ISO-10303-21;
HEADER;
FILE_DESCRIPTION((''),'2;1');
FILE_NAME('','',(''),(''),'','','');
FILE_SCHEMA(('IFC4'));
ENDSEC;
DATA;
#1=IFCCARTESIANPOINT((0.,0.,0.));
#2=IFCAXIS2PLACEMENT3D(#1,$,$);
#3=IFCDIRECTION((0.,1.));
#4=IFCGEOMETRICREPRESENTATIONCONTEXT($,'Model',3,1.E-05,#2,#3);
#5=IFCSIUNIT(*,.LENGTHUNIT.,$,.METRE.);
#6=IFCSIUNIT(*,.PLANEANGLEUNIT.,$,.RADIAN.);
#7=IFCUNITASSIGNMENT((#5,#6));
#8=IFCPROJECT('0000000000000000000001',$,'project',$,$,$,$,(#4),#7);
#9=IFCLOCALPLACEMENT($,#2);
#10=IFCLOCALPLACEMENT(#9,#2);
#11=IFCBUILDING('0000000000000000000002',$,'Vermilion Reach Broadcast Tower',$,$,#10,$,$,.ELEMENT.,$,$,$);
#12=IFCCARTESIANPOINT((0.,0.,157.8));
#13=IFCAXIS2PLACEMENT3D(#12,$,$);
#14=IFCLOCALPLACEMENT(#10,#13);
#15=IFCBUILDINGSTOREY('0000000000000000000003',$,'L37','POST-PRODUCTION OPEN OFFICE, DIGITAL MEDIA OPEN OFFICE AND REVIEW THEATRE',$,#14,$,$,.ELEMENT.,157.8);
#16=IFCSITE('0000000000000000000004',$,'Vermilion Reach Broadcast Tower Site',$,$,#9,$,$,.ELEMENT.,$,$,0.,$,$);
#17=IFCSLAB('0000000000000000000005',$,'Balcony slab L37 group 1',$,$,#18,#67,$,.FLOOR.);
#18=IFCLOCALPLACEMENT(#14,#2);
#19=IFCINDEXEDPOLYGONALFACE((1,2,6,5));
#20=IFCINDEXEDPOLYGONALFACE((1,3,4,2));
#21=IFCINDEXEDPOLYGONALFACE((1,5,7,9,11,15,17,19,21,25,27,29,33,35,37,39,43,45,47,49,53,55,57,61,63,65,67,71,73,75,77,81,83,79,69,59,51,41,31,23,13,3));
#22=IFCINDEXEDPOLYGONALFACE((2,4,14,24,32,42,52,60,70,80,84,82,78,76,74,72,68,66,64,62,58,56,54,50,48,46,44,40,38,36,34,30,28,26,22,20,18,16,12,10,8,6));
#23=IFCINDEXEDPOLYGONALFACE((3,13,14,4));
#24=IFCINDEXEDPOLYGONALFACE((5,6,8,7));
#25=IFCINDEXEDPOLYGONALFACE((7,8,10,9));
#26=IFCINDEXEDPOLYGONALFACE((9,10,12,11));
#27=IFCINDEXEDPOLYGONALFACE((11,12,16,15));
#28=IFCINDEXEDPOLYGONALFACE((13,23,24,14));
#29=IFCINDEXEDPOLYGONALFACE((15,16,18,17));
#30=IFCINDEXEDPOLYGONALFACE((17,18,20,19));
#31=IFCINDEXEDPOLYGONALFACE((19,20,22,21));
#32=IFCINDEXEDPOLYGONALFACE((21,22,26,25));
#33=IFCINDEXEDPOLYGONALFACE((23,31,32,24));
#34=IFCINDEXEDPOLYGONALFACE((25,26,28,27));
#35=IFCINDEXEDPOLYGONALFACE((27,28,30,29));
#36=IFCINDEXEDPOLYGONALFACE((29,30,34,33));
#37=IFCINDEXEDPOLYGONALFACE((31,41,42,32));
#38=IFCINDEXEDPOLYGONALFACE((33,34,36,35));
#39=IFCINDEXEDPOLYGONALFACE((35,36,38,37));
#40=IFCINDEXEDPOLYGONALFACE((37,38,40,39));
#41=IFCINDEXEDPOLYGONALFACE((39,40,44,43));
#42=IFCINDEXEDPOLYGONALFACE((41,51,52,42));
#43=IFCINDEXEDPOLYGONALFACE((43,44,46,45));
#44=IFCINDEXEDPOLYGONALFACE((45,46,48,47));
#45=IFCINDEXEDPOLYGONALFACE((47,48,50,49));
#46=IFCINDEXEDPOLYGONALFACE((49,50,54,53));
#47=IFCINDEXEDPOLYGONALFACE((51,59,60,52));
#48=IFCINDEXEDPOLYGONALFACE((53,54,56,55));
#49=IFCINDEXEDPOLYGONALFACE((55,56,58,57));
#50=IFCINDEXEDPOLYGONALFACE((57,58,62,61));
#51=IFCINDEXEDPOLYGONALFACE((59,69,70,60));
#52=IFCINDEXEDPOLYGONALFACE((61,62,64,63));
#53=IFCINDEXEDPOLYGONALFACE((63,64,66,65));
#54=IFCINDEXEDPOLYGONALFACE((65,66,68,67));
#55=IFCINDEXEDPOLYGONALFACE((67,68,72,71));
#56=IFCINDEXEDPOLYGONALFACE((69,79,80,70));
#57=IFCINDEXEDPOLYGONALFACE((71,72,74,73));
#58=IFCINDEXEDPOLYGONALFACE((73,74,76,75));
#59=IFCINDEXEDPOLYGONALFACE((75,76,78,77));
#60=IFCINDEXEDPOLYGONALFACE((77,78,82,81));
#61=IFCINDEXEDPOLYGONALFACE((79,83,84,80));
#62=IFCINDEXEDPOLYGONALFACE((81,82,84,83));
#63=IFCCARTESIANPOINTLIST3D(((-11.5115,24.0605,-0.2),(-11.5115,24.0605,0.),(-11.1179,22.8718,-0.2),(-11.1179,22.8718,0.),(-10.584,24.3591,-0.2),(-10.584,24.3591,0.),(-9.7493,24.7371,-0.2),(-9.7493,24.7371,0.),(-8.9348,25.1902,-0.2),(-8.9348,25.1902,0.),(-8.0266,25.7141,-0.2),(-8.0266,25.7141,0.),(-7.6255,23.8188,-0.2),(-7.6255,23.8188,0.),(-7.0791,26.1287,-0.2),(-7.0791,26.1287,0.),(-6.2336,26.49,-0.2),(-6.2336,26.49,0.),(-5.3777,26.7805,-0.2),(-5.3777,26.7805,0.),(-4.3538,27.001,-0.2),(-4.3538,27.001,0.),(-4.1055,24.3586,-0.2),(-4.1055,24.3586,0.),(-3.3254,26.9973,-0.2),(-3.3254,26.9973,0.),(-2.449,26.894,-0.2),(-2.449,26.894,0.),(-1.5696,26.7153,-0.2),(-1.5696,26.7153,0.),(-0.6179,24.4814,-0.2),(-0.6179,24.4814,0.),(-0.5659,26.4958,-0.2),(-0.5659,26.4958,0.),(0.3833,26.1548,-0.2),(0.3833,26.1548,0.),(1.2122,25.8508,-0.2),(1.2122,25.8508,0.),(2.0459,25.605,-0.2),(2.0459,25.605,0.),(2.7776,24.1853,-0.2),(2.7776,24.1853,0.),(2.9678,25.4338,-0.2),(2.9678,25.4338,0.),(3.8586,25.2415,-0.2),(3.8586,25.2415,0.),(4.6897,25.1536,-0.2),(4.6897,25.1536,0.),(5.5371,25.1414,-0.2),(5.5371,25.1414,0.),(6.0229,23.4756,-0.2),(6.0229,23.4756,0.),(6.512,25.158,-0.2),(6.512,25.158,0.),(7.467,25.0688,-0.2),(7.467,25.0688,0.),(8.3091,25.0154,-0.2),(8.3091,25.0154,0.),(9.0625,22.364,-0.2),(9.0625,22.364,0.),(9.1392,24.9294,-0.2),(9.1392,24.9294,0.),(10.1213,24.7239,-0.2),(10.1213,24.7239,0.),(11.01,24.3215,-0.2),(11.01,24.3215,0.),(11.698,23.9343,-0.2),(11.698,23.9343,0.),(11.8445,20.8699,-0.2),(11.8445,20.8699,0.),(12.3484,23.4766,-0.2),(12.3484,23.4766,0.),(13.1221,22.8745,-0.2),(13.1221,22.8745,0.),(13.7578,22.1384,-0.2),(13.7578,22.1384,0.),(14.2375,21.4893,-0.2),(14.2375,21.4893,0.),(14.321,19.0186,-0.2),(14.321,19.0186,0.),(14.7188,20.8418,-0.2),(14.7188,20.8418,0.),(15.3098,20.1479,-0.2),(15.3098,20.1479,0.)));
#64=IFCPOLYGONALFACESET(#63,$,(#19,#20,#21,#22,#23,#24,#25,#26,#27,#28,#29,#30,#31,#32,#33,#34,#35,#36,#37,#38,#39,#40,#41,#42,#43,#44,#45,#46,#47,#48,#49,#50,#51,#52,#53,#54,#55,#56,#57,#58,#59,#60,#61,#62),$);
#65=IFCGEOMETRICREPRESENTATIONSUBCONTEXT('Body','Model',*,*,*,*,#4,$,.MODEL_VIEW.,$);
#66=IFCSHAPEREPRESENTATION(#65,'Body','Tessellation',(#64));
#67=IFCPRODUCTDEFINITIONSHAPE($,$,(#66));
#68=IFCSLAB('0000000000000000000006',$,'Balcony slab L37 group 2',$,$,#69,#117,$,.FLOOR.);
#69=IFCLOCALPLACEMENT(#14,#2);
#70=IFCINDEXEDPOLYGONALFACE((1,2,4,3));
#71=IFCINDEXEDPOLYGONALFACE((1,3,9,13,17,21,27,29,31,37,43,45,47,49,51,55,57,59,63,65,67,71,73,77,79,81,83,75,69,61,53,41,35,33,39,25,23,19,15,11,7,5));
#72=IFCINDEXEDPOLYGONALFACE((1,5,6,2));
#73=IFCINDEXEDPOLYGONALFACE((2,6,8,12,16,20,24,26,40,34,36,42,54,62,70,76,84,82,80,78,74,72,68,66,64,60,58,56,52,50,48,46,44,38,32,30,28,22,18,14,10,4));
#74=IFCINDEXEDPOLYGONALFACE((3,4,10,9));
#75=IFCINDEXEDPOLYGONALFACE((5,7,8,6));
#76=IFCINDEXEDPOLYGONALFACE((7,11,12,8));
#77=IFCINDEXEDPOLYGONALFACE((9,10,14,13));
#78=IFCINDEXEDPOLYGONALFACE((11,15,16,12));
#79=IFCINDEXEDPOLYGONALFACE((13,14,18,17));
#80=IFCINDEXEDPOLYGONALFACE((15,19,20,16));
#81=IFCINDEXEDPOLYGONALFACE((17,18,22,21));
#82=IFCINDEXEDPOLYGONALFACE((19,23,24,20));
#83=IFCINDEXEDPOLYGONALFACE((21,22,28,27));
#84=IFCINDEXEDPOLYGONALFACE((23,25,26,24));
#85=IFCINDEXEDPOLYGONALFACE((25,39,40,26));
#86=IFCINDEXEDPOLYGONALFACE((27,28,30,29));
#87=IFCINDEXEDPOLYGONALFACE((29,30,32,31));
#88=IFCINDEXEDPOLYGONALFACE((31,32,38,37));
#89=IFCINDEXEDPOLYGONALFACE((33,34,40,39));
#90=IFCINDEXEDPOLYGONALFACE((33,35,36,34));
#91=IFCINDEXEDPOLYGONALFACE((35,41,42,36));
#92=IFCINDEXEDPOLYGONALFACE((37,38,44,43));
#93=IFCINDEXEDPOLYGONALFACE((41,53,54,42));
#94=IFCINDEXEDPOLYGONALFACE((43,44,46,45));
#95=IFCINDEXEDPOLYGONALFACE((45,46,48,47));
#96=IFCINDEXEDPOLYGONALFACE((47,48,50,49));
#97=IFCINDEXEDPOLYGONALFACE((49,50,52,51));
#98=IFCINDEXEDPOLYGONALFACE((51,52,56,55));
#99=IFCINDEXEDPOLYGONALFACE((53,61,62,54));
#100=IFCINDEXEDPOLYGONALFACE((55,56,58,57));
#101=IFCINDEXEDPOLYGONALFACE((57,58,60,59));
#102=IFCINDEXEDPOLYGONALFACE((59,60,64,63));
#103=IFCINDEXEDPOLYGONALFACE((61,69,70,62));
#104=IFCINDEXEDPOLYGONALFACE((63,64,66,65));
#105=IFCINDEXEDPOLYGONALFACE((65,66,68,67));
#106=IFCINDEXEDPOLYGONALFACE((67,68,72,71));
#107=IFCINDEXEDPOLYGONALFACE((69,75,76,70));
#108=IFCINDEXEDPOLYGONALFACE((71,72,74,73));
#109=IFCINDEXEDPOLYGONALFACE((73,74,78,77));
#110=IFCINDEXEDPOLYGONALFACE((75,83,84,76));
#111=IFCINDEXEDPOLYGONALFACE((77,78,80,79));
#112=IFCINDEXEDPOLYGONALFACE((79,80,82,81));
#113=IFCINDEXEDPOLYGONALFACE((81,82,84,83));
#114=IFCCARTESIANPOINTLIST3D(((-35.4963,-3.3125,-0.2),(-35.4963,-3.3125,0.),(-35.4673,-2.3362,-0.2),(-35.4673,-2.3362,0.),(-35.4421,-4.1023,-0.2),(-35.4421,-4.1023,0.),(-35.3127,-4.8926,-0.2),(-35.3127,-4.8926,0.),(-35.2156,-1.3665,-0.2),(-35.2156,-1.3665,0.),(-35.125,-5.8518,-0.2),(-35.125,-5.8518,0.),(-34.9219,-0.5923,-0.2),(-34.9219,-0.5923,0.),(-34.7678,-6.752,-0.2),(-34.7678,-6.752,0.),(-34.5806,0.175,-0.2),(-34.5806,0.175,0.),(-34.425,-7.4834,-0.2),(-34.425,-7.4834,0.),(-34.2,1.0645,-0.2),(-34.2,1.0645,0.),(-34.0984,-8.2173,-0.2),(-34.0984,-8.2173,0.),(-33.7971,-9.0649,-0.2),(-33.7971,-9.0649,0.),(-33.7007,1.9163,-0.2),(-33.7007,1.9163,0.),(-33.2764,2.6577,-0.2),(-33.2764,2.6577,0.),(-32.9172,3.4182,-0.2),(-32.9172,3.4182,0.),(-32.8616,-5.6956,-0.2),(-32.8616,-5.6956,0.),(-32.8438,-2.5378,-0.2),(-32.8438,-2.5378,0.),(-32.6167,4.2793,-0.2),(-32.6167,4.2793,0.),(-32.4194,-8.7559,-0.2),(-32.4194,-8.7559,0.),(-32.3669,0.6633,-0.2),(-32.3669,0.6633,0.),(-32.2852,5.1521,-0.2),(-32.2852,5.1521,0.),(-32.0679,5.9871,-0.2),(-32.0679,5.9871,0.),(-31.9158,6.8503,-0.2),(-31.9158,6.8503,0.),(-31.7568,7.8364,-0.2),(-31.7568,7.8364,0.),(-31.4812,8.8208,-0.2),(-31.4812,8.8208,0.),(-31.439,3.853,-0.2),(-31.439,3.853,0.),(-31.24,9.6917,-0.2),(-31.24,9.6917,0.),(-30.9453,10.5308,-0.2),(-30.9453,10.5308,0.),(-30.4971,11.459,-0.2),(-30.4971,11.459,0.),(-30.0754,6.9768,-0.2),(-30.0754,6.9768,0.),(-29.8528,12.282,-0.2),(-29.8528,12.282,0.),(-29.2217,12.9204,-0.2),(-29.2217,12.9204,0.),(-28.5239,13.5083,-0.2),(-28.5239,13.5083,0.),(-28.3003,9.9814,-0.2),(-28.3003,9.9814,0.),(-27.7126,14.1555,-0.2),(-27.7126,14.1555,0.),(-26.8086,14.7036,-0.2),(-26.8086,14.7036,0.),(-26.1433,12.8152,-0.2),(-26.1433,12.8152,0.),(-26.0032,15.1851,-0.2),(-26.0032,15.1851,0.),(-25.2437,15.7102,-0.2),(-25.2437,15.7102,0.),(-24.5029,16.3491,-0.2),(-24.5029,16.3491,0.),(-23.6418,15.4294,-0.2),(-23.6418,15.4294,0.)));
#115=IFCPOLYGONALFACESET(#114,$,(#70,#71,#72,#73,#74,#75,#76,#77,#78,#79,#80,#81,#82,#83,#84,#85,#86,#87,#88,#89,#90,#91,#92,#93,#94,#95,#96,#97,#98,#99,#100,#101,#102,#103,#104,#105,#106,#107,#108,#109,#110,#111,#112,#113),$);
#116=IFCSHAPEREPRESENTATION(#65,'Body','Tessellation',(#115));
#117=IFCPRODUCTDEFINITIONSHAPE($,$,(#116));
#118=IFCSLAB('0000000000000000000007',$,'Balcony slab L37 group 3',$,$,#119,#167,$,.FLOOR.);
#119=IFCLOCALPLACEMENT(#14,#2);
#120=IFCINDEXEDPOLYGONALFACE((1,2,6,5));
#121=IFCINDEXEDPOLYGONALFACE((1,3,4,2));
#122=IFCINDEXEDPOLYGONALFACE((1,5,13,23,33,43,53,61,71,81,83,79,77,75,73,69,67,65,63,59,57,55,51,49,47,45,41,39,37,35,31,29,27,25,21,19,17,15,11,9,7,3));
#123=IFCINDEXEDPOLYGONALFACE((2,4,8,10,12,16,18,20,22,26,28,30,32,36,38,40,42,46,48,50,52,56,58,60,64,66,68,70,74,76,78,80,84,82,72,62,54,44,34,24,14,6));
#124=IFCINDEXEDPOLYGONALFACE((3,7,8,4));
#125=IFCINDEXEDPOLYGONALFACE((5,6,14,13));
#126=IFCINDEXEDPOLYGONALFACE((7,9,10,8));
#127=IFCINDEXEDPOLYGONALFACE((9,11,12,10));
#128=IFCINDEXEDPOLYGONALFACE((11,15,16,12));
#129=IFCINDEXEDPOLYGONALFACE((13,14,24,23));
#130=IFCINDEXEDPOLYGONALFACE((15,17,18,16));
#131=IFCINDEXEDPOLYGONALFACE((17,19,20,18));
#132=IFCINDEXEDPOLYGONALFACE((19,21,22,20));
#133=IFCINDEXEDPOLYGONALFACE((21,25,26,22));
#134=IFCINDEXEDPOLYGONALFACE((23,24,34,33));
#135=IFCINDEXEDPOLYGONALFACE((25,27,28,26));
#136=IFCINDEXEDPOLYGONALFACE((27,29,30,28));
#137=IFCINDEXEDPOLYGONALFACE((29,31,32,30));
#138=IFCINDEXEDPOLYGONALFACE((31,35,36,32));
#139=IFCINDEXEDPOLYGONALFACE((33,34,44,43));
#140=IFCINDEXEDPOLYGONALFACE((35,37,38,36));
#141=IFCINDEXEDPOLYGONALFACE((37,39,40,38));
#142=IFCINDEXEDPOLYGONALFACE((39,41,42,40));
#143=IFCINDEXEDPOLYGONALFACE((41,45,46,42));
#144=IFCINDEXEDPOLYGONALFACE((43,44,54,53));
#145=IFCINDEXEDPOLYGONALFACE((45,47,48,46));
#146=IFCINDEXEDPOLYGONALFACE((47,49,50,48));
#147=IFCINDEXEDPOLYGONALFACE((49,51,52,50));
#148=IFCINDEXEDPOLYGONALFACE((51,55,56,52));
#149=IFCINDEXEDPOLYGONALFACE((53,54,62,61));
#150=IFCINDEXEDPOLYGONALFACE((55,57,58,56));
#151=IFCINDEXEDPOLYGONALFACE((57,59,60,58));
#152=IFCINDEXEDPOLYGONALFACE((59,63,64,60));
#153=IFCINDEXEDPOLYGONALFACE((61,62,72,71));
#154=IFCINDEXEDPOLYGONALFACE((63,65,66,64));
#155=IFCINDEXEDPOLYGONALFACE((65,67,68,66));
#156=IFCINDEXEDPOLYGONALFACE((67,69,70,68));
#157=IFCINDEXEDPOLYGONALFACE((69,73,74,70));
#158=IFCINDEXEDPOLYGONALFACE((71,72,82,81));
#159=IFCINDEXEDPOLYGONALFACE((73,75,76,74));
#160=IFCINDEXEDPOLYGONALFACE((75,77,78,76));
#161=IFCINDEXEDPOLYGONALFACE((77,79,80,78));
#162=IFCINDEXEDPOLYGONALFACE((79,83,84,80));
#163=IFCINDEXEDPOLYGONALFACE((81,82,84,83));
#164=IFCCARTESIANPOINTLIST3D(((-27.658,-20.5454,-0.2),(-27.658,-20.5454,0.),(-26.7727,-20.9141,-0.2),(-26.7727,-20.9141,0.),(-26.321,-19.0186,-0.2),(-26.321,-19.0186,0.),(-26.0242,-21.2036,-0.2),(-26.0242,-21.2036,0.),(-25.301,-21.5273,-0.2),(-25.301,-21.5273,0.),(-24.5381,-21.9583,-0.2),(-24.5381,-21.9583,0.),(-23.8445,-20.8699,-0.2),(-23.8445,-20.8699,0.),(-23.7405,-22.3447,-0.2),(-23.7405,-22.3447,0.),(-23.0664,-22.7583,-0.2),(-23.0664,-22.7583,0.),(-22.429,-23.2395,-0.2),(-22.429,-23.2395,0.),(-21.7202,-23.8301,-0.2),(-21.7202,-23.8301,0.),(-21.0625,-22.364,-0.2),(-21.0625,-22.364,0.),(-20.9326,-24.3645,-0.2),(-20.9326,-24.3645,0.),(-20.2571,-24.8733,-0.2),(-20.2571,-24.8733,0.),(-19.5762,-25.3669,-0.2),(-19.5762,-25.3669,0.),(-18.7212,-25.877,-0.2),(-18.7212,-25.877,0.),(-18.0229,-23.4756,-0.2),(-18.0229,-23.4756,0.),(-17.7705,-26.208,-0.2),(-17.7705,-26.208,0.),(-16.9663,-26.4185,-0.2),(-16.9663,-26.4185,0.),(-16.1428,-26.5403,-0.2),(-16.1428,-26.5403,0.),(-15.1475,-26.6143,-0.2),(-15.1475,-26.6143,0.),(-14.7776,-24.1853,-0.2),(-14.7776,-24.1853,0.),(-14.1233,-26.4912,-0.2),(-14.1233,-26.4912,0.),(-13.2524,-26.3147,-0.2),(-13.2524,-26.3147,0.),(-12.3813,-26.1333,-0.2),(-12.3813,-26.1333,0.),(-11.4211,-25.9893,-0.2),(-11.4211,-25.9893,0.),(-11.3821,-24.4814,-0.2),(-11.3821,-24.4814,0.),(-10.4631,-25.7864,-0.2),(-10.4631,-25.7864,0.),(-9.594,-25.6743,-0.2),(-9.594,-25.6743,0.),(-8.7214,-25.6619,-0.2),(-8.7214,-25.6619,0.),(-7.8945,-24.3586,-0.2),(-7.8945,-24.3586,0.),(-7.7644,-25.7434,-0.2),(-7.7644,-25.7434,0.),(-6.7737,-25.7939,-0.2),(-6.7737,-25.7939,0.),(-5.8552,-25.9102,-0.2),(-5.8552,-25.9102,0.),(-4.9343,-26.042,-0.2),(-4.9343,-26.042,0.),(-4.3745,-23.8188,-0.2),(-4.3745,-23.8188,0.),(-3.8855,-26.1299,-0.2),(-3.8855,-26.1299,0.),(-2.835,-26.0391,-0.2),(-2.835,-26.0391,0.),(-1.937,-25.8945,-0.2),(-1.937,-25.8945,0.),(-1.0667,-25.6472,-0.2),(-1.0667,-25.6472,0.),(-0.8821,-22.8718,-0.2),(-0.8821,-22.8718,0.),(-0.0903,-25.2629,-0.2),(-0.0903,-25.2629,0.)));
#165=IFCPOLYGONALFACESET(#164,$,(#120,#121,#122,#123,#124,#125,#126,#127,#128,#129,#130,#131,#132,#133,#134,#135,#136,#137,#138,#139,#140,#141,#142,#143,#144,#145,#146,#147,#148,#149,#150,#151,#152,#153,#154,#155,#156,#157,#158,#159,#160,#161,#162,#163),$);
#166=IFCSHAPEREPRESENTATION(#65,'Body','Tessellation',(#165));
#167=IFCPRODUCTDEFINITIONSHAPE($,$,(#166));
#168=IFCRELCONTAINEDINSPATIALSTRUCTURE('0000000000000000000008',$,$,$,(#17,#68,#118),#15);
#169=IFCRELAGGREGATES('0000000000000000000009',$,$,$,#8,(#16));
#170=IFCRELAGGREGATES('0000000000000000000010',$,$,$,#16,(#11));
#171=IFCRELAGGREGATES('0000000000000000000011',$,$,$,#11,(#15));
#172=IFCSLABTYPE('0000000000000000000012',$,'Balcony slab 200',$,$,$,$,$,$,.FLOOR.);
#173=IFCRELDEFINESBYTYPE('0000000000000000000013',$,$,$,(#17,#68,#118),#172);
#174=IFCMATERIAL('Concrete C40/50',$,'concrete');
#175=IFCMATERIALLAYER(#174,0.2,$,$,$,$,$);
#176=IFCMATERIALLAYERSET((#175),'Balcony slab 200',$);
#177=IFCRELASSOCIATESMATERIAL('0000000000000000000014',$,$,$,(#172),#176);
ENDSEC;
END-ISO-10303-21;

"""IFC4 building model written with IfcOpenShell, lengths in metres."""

from ifc_helpers import new_model, si_unit, direction, frame, origin, place, context, subcontext, project, spatial, polyline, outline, extrude, material, layer, layer_set, type_object, element, save


model = new_model("IFC4")

# Units and contexts
model_context = context("Model", 3, precision=1e-05, world=origin(), true_north=direction((0.0, 1.0)))
body_context = subcontext(model_context, "Body", "Model", "MODEL_VIEW")
ifc_project = project(units=[si_unit("LENGTHUNIT", "METRE"), si_unit("PLANEANGLEUNIT", "RADIAN")], contexts=[model_context])

# Site, building, storey
site_placement = place(None, origin())
site = spatial("IfcSite", under=ifc_project, at=site_placement, Name="Vermilion Reach Broadcast Tower Site", CompositionType="ELEMENT", RefElevation=0.0)
building_placement = place(site_placement, origin())
building = spatial("IfcBuilding", under=site, at=building_placement, Name="Vermilion Reach Broadcast Tower", CompositionType="ELEMENT")
storey_placement = place(building_placement, frame((0.0, 0.0, 157.8)))
storey = spatial("IfcBuildingStorey", under=building, at=storey_placement, Name="L37", Description="POST-PRODUCTION OPEN OFFICE, DIGITAL MEDIA OPEN OFFICE AND REVIEW THEATRE", CompositionType="ELEMENT", Elevation=157.8)

# Slabs
ifc_material_1 = material(Name="Concrete C40/50", Category="concrete")
ifc_layer_1 = layer(ifc_material_1, 0.2)
ifc_layer_set_1 = layer_set([ifc_layer_1], Name="Balcony slab 200")
slab_type_1 = type_object("IfcSlabType", Name="Balcony slab 200", PredefinedType="FLOOR", material=ifc_layer_set_1)
placement_1 = place(storey_placement, frame((0.0, 0.0, -0.2)))
element("IfcSlab", 1, at=placement_1, inside=storey, type_object=slab_type_1, Name="Balcony slab L37 group 1", PredefinedType="FLOOR", context=body_context, shape_type="SweptSolid", body=[
    extrude(outline(polyline([(14.321, 19.0186), (11.8445, 20.8699), (9.0625, 22.364), (6.0229, 23.4756), (2.7776, 24.1853), (-0.6179, 24.4814), (-4.1055, 24.3586), (-7.6255, 23.8188), (-11.1179, 22.8718), (-11.5115, 24.0605), (-10.584, 24.3591), (-9.7493, 24.7371), (-8.9348, 25.1902), (-8.0266, 25.7141), (-7.0791, 26.1287), (-6.2336, 26.49), (-5.3777, 26.7805), (-4.3538, 27.001), (-3.3254, 26.9973), (-2.449, 26.894), (-1.5696, 26.7153), (-0.5659, 26.4958), (0.3833, 26.1548), (1.2122, 25.8508), (2.0459, 25.605), (2.9678, 25.4338), (3.8586, 25.2415), (4.6897, 25.1536), (5.5371, 25.1414), (6.512, 25.158), (7.467, 25.0688), (8.3091, 25.0154), (9.1392, 24.9294), (10.1213, 24.7239), (11.01, 24.3215), (11.698, 23.9343), (12.3484, 23.4766), (13.1221, 22.8745), (13.7578, 22.1384), (14.2375, 21.4893), (14.7188, 20.8418), (15.3098, 20.1479), (14.321, 19.0186)])), origin(), (0.0, 0.0, 1.0), 0.2),
])
element("IfcSlab", 2, at=placement_1, inside=storey, type_object=slab_type_1, Name="Balcony slab L37 group 2", PredefinedType="FLOOR", context=body_context, shape_type="SweptSolid", body=[
    extrude(outline(polyline([(-23.6418, 15.4294), (-26.1433, 12.8152), (-28.3003, 9.9814), (-30.0754, 6.9768), (-31.439, 3.853), (-32.3669, 0.6633), (-32.8438, -2.5378), (-32.8616, -5.6956), (-32.4194, -8.7559), (-33.7971, -9.0649), (-34.0984, -8.2173), (-34.425, -7.4834), (-34.7678, -6.752), (-35.125, -5.8518), (-35.3127, -4.8926), (-35.4421, -4.1023), (-35.4963, -3.3125), (-35.4673, -2.3362), (-35.2156, -1.3665), (-34.9219, -0.5923), (-34.5806, 0.175), (-34.2, 1.0645), (-33.7007, 1.9163), (-33.2764, 2.6577), (-32.9172, 3.4182), (-32.6167, 4.2793), (-32.2852, 5.1521), (-32.0679, 5.9871), (-31.9158, 6.8503), (-31.7568, 7.8364), (-31.4812, 8.8208), (-31.24, 9.6917), (-30.9453, 10.5308), (-30.4971, 11.459), (-29.8528, 12.282), (-29.2217, 12.9204), (-28.5239, 13.5083), (-27.7126, 14.1555), (-26.8086, 14.7036), (-26.0032, 15.1851), (-25.2437, 15.7102), (-24.5029, 16.3491), (-23.6418, 15.4294)])), origin(), (0.0, 0.0, 1.0), 0.2),
])
element("IfcSlab", 3, at=placement_1, inside=storey, type_object=slab_type_1, Name="Balcony slab L37 group 3", PredefinedType="FLOOR", context=body_context, shape_type="SweptSolid", body=[
    extrude(outline(polyline([(-26.321, -19.0186), (-23.8445, -20.8699), (-21.0625, -22.364), (-18.0229, -23.4756), (-14.7776, -24.1853), (-11.3821, -24.4814), (-7.8945, -24.3586), (-4.3745, -23.8188), (-0.8821, -22.8718), (-0.0903, -25.2629), (-1.0667, -25.6472), (-1.937, -25.8945), (-2.835, -26.0391), (-3.8855, -26.1299), (-4.9343, -26.042), (-5.8552, -25.9102), (-6.7737, -25.7939), (-7.7644, -25.7434), (-8.7214, -25.6619), (-9.594, -25.6743), (-10.4631, -25.7864), (-11.4211, -25.9893), (-12.3813, -26.1333), (-13.2524, -26.3147), (-14.1233, -26.4912), (-15.1475, -26.6143), (-16.1428, -26.5403), (-16.9663, -26.4185), (-17.7705, -26.208), (-18.7212, -25.877), (-19.5762, -25.3669), (-20.2571, -24.8733), (-20.9326, -24.3645), (-21.7202, -23.8301), (-22.429, -23.2395), (-23.0664, -22.7583), (-23.7405, -22.3447), (-24.5381, -21.9583), (-25.301, -21.5273), (-26.0242, -21.2036), (-26.7727, -20.9141), (-27.658, -20.5454), (-26.321, -19.0186)])), origin(), (0.0, 0.0, 1.0), 0.2),
])

save(model, "model.ifc")
